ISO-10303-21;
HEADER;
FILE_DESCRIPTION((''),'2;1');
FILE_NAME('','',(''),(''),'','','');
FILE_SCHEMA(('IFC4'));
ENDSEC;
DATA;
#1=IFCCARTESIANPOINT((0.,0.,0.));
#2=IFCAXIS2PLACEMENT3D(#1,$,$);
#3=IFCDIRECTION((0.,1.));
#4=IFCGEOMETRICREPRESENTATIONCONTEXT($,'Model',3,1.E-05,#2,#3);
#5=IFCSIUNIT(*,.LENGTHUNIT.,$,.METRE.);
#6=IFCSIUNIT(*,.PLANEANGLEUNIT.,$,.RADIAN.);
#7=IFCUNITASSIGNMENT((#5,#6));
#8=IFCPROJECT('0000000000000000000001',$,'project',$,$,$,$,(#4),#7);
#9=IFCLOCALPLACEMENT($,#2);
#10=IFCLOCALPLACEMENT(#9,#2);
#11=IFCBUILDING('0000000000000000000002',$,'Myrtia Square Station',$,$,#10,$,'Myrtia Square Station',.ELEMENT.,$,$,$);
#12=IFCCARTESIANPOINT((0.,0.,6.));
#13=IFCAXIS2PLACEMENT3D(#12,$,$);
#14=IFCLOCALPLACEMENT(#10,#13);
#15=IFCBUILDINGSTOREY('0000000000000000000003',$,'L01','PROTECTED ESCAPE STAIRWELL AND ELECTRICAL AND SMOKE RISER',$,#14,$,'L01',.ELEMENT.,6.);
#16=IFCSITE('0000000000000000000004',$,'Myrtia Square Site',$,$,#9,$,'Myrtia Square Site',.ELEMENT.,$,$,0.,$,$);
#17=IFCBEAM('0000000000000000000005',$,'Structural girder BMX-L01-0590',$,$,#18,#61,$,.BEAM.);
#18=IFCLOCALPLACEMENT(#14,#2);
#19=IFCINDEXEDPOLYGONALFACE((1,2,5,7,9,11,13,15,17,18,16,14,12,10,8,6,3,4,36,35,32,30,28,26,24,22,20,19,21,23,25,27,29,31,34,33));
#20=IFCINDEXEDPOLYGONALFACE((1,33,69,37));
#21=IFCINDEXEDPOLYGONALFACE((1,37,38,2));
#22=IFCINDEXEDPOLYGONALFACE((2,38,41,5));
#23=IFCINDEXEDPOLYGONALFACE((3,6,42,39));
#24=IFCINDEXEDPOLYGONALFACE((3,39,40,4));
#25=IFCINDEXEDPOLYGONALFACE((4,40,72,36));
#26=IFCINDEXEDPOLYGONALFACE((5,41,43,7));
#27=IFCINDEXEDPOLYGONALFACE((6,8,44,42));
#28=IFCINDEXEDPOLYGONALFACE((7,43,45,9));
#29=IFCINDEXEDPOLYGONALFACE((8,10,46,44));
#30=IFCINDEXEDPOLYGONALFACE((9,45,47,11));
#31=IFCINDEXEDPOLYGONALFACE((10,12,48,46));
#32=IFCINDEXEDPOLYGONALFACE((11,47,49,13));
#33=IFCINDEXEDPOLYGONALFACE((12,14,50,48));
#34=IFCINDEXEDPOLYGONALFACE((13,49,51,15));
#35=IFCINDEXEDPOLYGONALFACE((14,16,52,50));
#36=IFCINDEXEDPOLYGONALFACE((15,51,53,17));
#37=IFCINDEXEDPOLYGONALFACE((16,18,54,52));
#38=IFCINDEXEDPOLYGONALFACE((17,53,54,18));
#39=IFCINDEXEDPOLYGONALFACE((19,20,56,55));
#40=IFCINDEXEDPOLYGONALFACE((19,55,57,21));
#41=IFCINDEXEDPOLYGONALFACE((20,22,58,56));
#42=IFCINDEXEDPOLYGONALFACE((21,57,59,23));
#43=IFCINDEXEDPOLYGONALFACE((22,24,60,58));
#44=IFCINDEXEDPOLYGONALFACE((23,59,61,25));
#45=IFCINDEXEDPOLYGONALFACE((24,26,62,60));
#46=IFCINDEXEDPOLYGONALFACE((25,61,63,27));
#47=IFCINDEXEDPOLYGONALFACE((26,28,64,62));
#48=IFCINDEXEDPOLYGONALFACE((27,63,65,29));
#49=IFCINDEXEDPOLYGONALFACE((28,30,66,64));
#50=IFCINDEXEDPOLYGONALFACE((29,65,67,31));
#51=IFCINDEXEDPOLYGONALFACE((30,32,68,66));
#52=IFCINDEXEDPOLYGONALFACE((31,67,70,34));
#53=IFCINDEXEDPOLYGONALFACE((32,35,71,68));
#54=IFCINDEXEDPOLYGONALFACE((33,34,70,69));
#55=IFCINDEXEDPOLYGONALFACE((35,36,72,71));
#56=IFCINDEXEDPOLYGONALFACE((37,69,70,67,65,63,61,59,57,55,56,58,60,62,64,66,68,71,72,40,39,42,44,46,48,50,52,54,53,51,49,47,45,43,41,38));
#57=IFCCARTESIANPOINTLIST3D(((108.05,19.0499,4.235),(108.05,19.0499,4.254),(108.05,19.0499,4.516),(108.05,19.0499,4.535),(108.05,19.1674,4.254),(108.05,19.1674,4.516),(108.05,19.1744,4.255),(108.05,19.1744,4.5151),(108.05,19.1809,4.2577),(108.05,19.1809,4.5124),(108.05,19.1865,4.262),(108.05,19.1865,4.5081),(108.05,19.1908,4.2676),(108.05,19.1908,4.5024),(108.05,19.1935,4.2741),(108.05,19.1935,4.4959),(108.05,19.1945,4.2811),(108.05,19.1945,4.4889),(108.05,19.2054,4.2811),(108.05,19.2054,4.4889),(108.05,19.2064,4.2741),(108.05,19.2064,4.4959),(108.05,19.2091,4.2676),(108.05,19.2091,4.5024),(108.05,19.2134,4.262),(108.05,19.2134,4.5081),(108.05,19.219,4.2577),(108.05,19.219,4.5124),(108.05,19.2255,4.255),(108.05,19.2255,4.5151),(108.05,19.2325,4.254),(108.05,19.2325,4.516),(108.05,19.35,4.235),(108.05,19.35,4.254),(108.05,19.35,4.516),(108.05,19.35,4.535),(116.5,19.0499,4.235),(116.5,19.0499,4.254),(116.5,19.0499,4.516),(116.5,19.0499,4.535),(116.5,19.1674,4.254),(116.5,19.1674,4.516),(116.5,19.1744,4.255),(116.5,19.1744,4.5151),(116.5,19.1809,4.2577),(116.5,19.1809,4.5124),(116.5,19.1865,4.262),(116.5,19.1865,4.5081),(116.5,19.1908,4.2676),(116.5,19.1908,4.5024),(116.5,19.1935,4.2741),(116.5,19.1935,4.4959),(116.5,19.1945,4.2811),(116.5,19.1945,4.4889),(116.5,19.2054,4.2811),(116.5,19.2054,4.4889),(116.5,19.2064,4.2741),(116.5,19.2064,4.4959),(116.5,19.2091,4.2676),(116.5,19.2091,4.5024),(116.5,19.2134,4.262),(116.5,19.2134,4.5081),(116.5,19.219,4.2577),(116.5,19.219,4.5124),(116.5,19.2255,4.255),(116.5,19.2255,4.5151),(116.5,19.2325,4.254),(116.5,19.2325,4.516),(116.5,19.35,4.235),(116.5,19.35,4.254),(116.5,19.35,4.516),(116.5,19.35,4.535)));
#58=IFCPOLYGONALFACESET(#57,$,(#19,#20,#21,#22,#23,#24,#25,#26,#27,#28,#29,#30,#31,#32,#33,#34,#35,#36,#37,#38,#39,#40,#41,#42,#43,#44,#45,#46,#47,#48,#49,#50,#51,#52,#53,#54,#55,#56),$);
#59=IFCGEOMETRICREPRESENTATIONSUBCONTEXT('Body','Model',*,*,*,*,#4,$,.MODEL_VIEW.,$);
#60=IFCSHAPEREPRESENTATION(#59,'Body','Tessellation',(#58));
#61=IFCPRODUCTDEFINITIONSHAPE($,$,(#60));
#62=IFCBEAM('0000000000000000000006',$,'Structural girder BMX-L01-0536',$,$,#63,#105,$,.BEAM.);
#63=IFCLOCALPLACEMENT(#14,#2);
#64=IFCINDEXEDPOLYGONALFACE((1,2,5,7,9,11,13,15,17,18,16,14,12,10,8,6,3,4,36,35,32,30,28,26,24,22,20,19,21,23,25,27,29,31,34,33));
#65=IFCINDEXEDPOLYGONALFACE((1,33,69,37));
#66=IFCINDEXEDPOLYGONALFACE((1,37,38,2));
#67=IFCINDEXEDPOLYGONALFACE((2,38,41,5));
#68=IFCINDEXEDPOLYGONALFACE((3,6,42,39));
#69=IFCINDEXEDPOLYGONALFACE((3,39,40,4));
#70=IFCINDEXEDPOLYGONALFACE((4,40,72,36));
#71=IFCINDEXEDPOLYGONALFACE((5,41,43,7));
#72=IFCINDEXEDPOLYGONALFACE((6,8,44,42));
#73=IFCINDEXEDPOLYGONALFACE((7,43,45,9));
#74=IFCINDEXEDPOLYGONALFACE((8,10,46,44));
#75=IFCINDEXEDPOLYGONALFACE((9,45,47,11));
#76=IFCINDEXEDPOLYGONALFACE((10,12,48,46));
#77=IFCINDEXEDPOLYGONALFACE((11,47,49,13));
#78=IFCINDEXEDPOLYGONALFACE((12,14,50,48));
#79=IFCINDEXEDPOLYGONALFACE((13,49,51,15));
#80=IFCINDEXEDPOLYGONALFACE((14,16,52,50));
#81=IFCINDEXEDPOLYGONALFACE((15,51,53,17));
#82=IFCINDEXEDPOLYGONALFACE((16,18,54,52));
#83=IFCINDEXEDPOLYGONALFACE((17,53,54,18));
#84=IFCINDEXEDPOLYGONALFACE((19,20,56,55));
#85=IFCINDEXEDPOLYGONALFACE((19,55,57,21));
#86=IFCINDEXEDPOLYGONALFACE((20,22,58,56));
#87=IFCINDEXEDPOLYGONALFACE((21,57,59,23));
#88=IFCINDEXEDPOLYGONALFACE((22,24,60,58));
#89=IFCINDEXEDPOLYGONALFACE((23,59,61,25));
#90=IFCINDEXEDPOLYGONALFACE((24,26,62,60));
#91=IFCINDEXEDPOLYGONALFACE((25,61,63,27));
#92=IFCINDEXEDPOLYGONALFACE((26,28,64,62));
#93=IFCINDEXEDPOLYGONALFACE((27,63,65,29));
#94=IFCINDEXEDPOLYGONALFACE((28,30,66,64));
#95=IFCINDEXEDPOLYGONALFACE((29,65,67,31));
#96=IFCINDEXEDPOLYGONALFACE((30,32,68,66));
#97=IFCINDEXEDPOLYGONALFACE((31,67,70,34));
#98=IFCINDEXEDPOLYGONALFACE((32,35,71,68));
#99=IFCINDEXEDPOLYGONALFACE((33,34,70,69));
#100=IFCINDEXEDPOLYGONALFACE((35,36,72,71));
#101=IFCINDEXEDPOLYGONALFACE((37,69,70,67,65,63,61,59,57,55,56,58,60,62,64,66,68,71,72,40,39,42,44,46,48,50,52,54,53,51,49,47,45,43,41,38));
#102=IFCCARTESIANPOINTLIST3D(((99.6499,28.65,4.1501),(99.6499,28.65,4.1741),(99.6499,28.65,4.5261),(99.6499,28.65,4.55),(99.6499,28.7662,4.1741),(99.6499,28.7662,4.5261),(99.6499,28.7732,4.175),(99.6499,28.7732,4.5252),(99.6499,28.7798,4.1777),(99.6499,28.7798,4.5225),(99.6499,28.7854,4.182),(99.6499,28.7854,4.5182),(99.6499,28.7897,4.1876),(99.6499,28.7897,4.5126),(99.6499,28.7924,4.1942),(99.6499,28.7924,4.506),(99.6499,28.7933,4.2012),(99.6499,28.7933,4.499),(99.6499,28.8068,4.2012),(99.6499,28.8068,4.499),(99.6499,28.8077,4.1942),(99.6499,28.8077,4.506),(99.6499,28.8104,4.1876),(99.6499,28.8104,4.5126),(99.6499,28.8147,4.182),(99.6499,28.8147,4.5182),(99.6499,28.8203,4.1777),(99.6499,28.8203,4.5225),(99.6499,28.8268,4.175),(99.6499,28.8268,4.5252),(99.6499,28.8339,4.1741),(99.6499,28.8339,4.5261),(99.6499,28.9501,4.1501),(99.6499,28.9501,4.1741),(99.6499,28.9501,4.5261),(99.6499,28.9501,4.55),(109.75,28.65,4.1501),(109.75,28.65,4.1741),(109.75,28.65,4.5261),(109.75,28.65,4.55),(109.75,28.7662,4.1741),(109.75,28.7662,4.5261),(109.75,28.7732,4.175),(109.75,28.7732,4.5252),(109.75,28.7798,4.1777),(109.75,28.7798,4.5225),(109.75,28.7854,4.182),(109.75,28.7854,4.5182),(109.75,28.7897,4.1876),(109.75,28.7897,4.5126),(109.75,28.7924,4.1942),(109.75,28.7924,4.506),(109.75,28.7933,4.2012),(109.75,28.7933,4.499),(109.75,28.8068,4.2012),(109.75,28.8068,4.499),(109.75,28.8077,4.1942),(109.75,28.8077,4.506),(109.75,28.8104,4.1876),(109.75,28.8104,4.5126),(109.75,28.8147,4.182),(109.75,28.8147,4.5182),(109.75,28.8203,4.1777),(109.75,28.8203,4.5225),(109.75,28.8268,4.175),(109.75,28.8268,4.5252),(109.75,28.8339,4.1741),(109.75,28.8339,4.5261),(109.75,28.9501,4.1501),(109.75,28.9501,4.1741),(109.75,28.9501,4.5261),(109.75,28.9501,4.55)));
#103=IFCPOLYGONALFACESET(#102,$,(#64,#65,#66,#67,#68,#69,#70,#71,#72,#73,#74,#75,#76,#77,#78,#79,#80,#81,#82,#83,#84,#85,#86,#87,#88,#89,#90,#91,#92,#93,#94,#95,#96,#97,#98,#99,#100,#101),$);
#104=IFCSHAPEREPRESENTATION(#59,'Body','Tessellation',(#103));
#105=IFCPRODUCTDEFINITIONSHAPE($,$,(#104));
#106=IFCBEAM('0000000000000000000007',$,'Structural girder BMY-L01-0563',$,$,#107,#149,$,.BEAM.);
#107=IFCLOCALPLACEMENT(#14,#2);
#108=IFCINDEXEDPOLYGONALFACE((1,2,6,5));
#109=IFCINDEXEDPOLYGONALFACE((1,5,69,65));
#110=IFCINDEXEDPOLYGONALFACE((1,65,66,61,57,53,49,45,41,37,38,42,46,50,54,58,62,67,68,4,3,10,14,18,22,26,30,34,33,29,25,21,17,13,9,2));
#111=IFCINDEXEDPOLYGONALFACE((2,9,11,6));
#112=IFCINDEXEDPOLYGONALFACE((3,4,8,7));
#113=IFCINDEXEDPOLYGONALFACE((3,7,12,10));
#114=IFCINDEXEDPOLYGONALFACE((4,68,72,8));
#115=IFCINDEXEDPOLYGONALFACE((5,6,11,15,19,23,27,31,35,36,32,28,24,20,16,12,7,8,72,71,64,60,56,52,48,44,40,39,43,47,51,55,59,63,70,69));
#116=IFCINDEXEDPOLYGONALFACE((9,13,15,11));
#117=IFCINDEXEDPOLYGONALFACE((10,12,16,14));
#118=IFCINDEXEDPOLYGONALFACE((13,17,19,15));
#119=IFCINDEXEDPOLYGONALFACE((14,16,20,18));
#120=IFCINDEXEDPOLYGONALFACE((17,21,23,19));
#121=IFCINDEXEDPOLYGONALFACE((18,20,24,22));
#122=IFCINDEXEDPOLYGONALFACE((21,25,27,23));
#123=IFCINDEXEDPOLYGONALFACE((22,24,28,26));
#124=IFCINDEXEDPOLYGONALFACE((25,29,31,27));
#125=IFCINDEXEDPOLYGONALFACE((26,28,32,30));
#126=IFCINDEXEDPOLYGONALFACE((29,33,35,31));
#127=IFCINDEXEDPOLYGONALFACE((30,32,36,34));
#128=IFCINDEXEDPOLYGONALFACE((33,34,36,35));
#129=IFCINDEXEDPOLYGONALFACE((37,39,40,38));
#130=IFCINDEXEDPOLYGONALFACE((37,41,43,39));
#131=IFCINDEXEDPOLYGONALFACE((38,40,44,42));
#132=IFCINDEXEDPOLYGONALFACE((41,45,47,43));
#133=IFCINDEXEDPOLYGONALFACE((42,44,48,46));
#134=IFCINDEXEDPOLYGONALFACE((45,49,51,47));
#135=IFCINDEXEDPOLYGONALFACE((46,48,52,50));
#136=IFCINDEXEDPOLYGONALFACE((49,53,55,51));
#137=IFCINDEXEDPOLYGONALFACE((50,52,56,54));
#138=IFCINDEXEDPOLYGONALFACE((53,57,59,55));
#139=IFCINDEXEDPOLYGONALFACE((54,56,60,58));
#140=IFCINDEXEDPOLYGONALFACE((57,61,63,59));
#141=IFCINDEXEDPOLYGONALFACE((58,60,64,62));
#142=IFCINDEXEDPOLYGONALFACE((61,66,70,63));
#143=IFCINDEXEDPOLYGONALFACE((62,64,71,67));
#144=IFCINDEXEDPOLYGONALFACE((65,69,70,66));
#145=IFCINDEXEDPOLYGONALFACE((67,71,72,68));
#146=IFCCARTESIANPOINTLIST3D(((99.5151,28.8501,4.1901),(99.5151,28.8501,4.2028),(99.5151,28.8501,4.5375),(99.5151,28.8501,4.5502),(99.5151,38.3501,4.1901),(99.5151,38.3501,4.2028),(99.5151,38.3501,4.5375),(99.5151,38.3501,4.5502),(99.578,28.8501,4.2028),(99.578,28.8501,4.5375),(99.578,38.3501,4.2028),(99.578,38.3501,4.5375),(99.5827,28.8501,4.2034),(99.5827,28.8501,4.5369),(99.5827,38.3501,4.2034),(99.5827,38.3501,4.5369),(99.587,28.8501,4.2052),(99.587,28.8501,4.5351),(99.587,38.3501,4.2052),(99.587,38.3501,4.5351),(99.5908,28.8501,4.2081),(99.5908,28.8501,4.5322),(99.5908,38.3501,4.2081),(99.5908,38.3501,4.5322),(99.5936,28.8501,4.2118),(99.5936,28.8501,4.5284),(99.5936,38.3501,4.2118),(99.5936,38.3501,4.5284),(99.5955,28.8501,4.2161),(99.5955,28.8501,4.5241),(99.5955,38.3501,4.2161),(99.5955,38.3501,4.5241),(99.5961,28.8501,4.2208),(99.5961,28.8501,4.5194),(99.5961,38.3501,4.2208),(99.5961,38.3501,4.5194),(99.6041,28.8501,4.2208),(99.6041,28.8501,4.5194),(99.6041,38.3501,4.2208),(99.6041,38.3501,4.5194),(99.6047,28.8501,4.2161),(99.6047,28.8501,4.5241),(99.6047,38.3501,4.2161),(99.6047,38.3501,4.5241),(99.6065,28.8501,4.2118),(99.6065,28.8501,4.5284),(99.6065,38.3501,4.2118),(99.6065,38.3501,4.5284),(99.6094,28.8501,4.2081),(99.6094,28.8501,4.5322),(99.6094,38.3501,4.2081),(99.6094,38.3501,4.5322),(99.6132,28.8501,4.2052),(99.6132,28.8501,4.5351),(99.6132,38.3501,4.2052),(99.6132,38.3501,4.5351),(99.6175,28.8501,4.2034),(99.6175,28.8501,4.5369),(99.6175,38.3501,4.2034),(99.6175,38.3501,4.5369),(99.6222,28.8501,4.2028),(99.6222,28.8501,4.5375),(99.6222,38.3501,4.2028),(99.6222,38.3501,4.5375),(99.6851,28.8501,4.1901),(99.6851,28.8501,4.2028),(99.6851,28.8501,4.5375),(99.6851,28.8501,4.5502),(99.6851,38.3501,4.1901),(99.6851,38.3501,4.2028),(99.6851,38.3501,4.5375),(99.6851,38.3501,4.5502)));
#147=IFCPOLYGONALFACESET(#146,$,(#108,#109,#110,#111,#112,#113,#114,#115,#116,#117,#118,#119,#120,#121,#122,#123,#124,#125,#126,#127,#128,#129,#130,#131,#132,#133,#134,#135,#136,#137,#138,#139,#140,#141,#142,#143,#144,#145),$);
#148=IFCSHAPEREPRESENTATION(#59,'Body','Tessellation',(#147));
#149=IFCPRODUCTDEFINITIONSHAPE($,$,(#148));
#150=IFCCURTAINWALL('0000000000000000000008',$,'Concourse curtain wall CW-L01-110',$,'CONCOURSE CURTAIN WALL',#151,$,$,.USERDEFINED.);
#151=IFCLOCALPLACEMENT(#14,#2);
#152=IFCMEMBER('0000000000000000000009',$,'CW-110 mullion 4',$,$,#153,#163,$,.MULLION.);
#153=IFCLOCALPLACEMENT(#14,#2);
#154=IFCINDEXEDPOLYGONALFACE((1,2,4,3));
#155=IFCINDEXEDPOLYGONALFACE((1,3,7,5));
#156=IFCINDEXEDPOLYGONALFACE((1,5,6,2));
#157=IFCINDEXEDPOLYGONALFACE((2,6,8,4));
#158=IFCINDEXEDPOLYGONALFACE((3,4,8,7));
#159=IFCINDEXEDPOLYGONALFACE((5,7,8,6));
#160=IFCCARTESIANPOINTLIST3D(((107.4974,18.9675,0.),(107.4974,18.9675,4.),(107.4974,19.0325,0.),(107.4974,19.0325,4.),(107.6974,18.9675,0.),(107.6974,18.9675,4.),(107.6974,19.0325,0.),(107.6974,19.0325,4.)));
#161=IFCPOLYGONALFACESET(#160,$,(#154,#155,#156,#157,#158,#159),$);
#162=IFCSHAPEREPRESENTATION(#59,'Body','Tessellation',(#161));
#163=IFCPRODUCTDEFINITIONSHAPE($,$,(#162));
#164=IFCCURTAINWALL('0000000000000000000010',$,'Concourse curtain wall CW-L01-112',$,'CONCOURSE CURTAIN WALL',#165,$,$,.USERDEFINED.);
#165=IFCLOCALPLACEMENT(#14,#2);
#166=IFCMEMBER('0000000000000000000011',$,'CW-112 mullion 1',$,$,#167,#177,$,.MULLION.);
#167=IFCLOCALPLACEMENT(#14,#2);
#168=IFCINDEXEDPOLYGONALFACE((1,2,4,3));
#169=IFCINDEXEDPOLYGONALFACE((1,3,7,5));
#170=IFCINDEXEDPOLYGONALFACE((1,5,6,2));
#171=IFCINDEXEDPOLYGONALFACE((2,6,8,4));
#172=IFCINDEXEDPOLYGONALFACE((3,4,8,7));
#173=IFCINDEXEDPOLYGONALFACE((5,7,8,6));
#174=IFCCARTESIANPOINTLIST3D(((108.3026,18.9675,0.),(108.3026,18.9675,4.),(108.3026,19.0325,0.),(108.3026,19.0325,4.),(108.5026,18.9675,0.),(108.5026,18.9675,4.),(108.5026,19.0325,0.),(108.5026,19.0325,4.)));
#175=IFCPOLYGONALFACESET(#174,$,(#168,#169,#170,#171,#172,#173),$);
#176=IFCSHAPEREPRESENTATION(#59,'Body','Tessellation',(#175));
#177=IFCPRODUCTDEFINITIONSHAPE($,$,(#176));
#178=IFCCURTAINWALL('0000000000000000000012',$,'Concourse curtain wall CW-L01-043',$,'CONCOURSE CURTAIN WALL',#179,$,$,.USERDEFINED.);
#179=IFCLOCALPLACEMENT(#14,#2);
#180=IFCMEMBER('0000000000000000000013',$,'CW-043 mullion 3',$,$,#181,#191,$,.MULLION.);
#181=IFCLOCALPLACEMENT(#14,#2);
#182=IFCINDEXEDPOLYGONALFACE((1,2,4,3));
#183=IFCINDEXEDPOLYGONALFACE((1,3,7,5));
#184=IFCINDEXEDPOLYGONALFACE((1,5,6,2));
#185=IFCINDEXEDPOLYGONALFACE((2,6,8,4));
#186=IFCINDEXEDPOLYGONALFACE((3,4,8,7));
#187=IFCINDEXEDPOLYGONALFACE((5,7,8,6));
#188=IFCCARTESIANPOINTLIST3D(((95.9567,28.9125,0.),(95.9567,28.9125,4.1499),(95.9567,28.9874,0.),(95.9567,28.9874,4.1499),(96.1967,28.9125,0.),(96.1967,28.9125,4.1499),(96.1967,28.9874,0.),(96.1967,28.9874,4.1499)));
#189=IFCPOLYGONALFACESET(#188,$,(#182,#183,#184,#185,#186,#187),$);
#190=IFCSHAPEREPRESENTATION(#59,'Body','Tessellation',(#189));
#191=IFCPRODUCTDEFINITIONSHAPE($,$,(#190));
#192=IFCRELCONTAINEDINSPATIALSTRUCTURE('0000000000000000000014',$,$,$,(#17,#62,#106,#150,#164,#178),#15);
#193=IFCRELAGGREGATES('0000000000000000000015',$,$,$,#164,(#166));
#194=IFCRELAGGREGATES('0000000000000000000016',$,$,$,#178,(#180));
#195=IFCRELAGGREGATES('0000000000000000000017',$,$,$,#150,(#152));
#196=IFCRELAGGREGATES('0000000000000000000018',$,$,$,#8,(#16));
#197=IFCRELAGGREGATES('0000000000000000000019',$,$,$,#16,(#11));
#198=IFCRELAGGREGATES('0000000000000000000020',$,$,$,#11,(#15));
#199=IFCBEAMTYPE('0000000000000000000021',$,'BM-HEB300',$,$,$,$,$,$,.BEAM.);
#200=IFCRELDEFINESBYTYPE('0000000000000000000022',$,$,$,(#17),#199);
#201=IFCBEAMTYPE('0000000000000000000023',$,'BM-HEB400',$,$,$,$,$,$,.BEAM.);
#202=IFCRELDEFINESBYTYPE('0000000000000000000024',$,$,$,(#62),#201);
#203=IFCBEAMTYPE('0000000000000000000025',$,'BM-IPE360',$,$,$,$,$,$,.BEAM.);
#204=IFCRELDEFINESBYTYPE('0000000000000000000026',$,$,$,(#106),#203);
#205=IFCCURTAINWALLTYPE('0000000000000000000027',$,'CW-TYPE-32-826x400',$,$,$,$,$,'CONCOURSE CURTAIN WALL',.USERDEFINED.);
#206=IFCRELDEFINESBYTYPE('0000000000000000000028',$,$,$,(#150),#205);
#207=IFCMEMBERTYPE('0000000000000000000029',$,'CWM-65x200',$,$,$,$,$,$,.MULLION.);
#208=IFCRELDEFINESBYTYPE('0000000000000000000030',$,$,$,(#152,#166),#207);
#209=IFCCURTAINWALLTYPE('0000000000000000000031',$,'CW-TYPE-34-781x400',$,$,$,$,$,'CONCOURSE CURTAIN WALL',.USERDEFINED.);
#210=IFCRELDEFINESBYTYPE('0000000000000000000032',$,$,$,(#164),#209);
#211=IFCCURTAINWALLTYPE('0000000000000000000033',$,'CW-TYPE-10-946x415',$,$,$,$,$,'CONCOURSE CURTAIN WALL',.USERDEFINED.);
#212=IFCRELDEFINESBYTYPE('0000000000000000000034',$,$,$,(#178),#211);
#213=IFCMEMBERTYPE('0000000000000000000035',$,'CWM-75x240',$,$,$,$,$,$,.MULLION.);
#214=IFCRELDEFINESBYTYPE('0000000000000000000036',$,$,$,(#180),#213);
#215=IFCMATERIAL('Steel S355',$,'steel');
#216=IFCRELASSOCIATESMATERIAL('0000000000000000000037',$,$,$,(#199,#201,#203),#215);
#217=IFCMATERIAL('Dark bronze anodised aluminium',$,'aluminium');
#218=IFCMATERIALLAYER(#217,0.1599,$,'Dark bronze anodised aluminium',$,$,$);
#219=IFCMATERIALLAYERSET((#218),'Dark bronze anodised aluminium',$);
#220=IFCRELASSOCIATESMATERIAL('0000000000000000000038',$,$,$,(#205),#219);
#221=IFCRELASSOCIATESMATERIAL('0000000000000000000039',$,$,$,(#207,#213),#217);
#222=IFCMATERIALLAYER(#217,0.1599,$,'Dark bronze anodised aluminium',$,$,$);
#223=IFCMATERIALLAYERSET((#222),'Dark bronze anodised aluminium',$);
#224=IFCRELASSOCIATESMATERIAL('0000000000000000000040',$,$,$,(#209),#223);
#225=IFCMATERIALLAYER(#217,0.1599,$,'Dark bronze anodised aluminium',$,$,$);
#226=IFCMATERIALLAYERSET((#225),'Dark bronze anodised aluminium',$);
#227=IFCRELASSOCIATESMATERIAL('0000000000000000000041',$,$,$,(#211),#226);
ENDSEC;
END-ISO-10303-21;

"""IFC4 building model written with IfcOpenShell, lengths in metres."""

from ifc_helpers import new_model, si_unit, direction, frame, origin, origin_2d, place, context, subcontext, project, spatial, rectangle, i_section, extrude, material, layer, layer_set, material_profile, profile_set, type_object, element, aggregate, save


model = new_model("IFC4")

# Units and contexts
model_context = context("Model", 3, precision=1e-05, world=origin(), true_north=direction((0.0, 1.0)))
body_context = subcontext(model_context, "Body", "Model", "MODEL_VIEW")
ifc_project = project(units=[si_unit("LENGTHUNIT", "METRE"), si_unit("PLANEANGLEUNIT", "RADIAN")], contexts=[model_context])

# Site, building, storey
site_placement = place(None, origin())
site = spatial("IfcSite", under=ifc_project, at=site_placement, Name="Myrtia Square Site", LongName="Myrtia Square Site", CompositionType="ELEMENT", RefElevation=0.0)
building_placement = place(site_placement, origin())
building = spatial("IfcBuilding", under=site, at=building_placement, Name="Myrtia Square Station", LongName="Myrtia Square Station", CompositionType="ELEMENT")
storey_placement = place(building_placement, frame((0.0, 0.0, 6.0)))
storey = spatial("IfcBuildingStorey", under=building, at=storey_placement, Name="L01", Description="PROTECTED ESCAPE STAIRWELL AND ELECTRICAL AND SMOKE RISER", LongName="L01", CompositionType="ELEMENT", Elevation=6.0)

# Shared definitions
ifc_material_1 = material(Name="Steel S355", Category="steel")

# Beams
ifc_material_profile_1 = material_profile(ifc_material_1, i_section(OverallWidth=0.3, OverallDepth=0.3, WebThickness=0.011, FlangeThickness=0.019, FilletRadius=0.0271, at=origin_2d()), Name="HEB 300")
ifc_profile_set_1 = profile_set([ifc_material_profile_1], Name="Steel S355")
beam_type_1 = type_object("IfcBeamType", Name="BM-HEB300", PredefinedType="BEAM", material=ifc_profile_set_1)
beam_1_placement = place(storey_placement, frame((108.05, 19.2, 4.385), z_axis=(1.0, 0.0, 0.0), x_axis=(0.0, 1.0, 0.0)))
element("IfcBeam", 1, at=beam_1_placement, inside=storey, type_object=beam_type_1, Name="Structural girder BMX-L01-0590", PredefinedType="BEAM", context=body_context, shape_type="SweptSolid", body=[
    extrude(i_section(OverallWidth=0.3, OverallDepth=0.3, WebThickness=0.011, FlangeThickness=0.019, FilletRadius=0.0271, at=origin_2d()), origin(), (0.0, 0.0, 1.0), 8.45),
])
ifc_material_profile_2 = material_profile(ifc_material_1, i_section(OverallWidth=0.3, OverallDepth=0.3999, WebThickness=0.0134, FlangeThickness=0.0239, FilletRadius=0.0271, at=origin_2d()), Name="HEB 400")
ifc_profile_set_2 = profile_set([ifc_material_profile_2], Name="Steel S355")
beam_type_2 = type_object("IfcBeamType", Name="BM-HEB400", PredefinedType="BEAM", material=ifc_profile_set_2)
beam_2_placement = place(storey_placement, frame((99.6499, 28.8, 4.3501), z_axis=(1.0, 0.0, 0.0), x_axis=(0.0, 1.0, 0.0)))
element("IfcBeam", 2, at=beam_2_placement, inside=storey, type_object=beam_type_2, Name="Structural girder BMX-L01-0536", PredefinedType="BEAM", context=body_context, shape_type="SweptSolid", body=[
    extrude(i_section(OverallWidth=0.3, OverallDepth=0.3999, WebThickness=0.0134, FlangeThickness=0.0239, FilletRadius=0.0271, at=origin_2d()), origin(), (0.0, 0.0, 1.0), 10.1001),
])
ifc_material_profile_3 = material_profile(ifc_material_1, i_section(OverallWidth=0.1699, OverallDepth=0.3601, WebThickness=0.0081, FlangeThickness=0.0127, FilletRadius=0.0181, at=origin_2d()), Name="IPE 360")
ifc_profile_set_3 = profile_set([ifc_material_profile_3], Name="Steel S355")
beam_type_3 = type_object("IfcBeamType", Name="BM-IPE360", PredefinedType="BEAM", material=ifc_profile_set_3)
beam_3_placement = place(storey_placement, frame((99.6001, 28.8501, 4.3701), z_axis=(0.0, 1.0, 0.0), x_axis=(-1.0, 0.0, 0.0)))
element("IfcBeam", 3, at=beam_3_placement, inside=storey, type_object=beam_type_3, Name="Structural girder BMY-L01-0563", PredefinedType="BEAM", context=body_context, shape_type="SweptSolid", body=[
    extrude(i_section(OverallWidth=0.1699, OverallDepth=0.3601, WebThickness=0.0081, FlangeThickness=0.0127, FilletRadius=0.0181, at=origin_2d()), origin(), (0.0, 0.0, 1.0), 9.5),
])

# Curtain walls, members
ifc_material_2 = material(Name="Dark bronze anodised aluminium", Category="aluminium")
ifc_layer_1 = layer(ifc_material_2, 0.1599, Name="Dark bronze anodised aluminium")
ifc_layer_set_1 = layer_set([ifc_layer_1], Name="Dark bronze anodised aluminium")
curtain_wall_type_1 = type_object("IfcCurtainWallType", Name="CW-TYPE-32-826x400", ElementType="CONCOURSE CURTAIN WALL", PredefinedType="USERDEFINED", material=ifc_layer_set_1)
curtain_wall_1_placement = place(storey_placement, origin())
curtain_wall_1 = element("IfcCurtainWall", 4, at=curtain_wall_1_placement, inside=storey, type_object=curtain_wall_type_1, Name="Concourse curtain wall CW-L01-110", ObjectType="CONCOURSE CURTAIN WALL", PredefinedType="USERDEFINED")
ifc_material_profile_4 = material_profile(ifc_material_2, rectangle(XDim=0.0649, YDim=0.2, at=origin_2d()), Name="ALU-M 65x200")
ifc_profile_set_4 = profile_set([ifc_material_profile_4], Name="Dark bronze anodised aluminium")
member_type_1 = type_object("IfcMemberType", Name="CWM-65x200", PredefinedType="MULLION", material=ifc_profile_set_4)
member_1_placement = place(storey_placement, frame((107.5974, 19.0, 0.0), z_axis=(0.0, 0.0, 1.0), x_axis=(0.0, 1.0, 0.0)))
member_1 = element("IfcMember", 5, at=member_1_placement, type_object=member_type_1, Name="CW-110 mullion 4", PredefinedType="MULLION", context=body_context, shape_type="SweptSolid", body=[
    extrude(rectangle(XDim=0.0649, YDim=0.2, at=origin_2d()), origin(), (0.0, 0.0, 1.0), 4.0),
])
ifc_layer_2 = layer(ifc_material_2, 0.1599, Name="Dark bronze anodised aluminium")
ifc_layer_set_2 = layer_set([ifc_layer_2], Name="Dark bronze anodised aluminium")
curtain_wall_type_2 = type_object("IfcCurtainWallType", Name="CW-TYPE-34-781x400", ElementType="CONCOURSE CURTAIN WALL", PredefinedType="USERDEFINED", material=ifc_layer_set_2)
curtain_wall_2_placement = place(storey_placement, origin())
curtain_wall_2 = element("IfcCurtainWall", 6, at=curtain_wall_2_placement, inside=storey, type_object=curtain_wall_type_2, Name="Concourse curtain wall CW-L01-112", ObjectType="CONCOURSE CURTAIN WALL", PredefinedType="USERDEFINED")
member_2_placement = place(storey_placement, frame((108.4026, 19.0, 0.0), z_axis=(0.0, 0.0, 1.0), x_axis=(0.0, 1.0, 0.0)))
member_2 = element("IfcMember", 7, at=member_2_placement, type_object=member_type_1, Name="CW-112 mullion 1", PredefinedType="MULLION", context=body_context, shape_type="SweptSolid", body=[
    extrude(rectangle(XDim=0.0649, YDim=0.2, at=origin_2d()), origin(), (0.0, 0.0, 1.0), 4.0),
])
aggregate(curtain_wall_2, [member_2])

# Curtain wall, member
ifc_layer_3 = layer(ifc_material_2, 0.1599, Name="Dark bronze anodised aluminium")
ifc_layer_set_3 = layer_set([ifc_layer_3], Name="Dark bronze anodised aluminium")
curtain_wall_type_3 = type_object("IfcCurtainWallType", Name="CW-TYPE-10-946x415", ElementType="CONCOURSE CURTAIN WALL", PredefinedType="USERDEFINED", material=ifc_layer_set_3)
curtain_wall_3_placement = place(storey_placement, origin())
curtain_wall_3 = element("IfcCurtainWall", 8, at=curtain_wall_3_placement, inside=storey, type_object=curtain_wall_type_3, Name="Concourse curtain wall CW-L01-043", ObjectType="CONCOURSE CURTAIN WALL", PredefinedType="USERDEFINED")
ifc_material_profile_5 = material_profile(ifc_material_2, rectangle(XDim=0.075, YDim=0.24, at=origin_2d()), Name="ALU-M 75x240")
ifc_profile_set_5 = profile_set([ifc_material_profile_5], Name="Dark bronze anodised aluminium")
member_type_2 = type_object("IfcMemberType", Name="CWM-75x240", PredefinedType="MULLION", material=ifc_profile_set_5)
member_3_placement = place(storey_placement, frame((96.0767, 28.95, 0.0), z_axis=(0.0, 0.0, 1.0), x_axis=(0.0, 1.0, 0.0)))
member_3 = element("IfcMember", 9, at=member_3_placement, type_object=member_type_2, Name="CW-043 mullion 3", PredefinedType="MULLION", context=body_context, shape_type="SweptSolid", body=[
    extrude(rectangle(XDim=0.075, YDim=0.24, at=origin_2d()), origin(), (0.0, 0.0, 1.0), 4.1499),
])

aggregate(curtain_wall_3, [member_3])
aggregate(curtain_wall_1, [member_1])

save(model, "model.ifc")
